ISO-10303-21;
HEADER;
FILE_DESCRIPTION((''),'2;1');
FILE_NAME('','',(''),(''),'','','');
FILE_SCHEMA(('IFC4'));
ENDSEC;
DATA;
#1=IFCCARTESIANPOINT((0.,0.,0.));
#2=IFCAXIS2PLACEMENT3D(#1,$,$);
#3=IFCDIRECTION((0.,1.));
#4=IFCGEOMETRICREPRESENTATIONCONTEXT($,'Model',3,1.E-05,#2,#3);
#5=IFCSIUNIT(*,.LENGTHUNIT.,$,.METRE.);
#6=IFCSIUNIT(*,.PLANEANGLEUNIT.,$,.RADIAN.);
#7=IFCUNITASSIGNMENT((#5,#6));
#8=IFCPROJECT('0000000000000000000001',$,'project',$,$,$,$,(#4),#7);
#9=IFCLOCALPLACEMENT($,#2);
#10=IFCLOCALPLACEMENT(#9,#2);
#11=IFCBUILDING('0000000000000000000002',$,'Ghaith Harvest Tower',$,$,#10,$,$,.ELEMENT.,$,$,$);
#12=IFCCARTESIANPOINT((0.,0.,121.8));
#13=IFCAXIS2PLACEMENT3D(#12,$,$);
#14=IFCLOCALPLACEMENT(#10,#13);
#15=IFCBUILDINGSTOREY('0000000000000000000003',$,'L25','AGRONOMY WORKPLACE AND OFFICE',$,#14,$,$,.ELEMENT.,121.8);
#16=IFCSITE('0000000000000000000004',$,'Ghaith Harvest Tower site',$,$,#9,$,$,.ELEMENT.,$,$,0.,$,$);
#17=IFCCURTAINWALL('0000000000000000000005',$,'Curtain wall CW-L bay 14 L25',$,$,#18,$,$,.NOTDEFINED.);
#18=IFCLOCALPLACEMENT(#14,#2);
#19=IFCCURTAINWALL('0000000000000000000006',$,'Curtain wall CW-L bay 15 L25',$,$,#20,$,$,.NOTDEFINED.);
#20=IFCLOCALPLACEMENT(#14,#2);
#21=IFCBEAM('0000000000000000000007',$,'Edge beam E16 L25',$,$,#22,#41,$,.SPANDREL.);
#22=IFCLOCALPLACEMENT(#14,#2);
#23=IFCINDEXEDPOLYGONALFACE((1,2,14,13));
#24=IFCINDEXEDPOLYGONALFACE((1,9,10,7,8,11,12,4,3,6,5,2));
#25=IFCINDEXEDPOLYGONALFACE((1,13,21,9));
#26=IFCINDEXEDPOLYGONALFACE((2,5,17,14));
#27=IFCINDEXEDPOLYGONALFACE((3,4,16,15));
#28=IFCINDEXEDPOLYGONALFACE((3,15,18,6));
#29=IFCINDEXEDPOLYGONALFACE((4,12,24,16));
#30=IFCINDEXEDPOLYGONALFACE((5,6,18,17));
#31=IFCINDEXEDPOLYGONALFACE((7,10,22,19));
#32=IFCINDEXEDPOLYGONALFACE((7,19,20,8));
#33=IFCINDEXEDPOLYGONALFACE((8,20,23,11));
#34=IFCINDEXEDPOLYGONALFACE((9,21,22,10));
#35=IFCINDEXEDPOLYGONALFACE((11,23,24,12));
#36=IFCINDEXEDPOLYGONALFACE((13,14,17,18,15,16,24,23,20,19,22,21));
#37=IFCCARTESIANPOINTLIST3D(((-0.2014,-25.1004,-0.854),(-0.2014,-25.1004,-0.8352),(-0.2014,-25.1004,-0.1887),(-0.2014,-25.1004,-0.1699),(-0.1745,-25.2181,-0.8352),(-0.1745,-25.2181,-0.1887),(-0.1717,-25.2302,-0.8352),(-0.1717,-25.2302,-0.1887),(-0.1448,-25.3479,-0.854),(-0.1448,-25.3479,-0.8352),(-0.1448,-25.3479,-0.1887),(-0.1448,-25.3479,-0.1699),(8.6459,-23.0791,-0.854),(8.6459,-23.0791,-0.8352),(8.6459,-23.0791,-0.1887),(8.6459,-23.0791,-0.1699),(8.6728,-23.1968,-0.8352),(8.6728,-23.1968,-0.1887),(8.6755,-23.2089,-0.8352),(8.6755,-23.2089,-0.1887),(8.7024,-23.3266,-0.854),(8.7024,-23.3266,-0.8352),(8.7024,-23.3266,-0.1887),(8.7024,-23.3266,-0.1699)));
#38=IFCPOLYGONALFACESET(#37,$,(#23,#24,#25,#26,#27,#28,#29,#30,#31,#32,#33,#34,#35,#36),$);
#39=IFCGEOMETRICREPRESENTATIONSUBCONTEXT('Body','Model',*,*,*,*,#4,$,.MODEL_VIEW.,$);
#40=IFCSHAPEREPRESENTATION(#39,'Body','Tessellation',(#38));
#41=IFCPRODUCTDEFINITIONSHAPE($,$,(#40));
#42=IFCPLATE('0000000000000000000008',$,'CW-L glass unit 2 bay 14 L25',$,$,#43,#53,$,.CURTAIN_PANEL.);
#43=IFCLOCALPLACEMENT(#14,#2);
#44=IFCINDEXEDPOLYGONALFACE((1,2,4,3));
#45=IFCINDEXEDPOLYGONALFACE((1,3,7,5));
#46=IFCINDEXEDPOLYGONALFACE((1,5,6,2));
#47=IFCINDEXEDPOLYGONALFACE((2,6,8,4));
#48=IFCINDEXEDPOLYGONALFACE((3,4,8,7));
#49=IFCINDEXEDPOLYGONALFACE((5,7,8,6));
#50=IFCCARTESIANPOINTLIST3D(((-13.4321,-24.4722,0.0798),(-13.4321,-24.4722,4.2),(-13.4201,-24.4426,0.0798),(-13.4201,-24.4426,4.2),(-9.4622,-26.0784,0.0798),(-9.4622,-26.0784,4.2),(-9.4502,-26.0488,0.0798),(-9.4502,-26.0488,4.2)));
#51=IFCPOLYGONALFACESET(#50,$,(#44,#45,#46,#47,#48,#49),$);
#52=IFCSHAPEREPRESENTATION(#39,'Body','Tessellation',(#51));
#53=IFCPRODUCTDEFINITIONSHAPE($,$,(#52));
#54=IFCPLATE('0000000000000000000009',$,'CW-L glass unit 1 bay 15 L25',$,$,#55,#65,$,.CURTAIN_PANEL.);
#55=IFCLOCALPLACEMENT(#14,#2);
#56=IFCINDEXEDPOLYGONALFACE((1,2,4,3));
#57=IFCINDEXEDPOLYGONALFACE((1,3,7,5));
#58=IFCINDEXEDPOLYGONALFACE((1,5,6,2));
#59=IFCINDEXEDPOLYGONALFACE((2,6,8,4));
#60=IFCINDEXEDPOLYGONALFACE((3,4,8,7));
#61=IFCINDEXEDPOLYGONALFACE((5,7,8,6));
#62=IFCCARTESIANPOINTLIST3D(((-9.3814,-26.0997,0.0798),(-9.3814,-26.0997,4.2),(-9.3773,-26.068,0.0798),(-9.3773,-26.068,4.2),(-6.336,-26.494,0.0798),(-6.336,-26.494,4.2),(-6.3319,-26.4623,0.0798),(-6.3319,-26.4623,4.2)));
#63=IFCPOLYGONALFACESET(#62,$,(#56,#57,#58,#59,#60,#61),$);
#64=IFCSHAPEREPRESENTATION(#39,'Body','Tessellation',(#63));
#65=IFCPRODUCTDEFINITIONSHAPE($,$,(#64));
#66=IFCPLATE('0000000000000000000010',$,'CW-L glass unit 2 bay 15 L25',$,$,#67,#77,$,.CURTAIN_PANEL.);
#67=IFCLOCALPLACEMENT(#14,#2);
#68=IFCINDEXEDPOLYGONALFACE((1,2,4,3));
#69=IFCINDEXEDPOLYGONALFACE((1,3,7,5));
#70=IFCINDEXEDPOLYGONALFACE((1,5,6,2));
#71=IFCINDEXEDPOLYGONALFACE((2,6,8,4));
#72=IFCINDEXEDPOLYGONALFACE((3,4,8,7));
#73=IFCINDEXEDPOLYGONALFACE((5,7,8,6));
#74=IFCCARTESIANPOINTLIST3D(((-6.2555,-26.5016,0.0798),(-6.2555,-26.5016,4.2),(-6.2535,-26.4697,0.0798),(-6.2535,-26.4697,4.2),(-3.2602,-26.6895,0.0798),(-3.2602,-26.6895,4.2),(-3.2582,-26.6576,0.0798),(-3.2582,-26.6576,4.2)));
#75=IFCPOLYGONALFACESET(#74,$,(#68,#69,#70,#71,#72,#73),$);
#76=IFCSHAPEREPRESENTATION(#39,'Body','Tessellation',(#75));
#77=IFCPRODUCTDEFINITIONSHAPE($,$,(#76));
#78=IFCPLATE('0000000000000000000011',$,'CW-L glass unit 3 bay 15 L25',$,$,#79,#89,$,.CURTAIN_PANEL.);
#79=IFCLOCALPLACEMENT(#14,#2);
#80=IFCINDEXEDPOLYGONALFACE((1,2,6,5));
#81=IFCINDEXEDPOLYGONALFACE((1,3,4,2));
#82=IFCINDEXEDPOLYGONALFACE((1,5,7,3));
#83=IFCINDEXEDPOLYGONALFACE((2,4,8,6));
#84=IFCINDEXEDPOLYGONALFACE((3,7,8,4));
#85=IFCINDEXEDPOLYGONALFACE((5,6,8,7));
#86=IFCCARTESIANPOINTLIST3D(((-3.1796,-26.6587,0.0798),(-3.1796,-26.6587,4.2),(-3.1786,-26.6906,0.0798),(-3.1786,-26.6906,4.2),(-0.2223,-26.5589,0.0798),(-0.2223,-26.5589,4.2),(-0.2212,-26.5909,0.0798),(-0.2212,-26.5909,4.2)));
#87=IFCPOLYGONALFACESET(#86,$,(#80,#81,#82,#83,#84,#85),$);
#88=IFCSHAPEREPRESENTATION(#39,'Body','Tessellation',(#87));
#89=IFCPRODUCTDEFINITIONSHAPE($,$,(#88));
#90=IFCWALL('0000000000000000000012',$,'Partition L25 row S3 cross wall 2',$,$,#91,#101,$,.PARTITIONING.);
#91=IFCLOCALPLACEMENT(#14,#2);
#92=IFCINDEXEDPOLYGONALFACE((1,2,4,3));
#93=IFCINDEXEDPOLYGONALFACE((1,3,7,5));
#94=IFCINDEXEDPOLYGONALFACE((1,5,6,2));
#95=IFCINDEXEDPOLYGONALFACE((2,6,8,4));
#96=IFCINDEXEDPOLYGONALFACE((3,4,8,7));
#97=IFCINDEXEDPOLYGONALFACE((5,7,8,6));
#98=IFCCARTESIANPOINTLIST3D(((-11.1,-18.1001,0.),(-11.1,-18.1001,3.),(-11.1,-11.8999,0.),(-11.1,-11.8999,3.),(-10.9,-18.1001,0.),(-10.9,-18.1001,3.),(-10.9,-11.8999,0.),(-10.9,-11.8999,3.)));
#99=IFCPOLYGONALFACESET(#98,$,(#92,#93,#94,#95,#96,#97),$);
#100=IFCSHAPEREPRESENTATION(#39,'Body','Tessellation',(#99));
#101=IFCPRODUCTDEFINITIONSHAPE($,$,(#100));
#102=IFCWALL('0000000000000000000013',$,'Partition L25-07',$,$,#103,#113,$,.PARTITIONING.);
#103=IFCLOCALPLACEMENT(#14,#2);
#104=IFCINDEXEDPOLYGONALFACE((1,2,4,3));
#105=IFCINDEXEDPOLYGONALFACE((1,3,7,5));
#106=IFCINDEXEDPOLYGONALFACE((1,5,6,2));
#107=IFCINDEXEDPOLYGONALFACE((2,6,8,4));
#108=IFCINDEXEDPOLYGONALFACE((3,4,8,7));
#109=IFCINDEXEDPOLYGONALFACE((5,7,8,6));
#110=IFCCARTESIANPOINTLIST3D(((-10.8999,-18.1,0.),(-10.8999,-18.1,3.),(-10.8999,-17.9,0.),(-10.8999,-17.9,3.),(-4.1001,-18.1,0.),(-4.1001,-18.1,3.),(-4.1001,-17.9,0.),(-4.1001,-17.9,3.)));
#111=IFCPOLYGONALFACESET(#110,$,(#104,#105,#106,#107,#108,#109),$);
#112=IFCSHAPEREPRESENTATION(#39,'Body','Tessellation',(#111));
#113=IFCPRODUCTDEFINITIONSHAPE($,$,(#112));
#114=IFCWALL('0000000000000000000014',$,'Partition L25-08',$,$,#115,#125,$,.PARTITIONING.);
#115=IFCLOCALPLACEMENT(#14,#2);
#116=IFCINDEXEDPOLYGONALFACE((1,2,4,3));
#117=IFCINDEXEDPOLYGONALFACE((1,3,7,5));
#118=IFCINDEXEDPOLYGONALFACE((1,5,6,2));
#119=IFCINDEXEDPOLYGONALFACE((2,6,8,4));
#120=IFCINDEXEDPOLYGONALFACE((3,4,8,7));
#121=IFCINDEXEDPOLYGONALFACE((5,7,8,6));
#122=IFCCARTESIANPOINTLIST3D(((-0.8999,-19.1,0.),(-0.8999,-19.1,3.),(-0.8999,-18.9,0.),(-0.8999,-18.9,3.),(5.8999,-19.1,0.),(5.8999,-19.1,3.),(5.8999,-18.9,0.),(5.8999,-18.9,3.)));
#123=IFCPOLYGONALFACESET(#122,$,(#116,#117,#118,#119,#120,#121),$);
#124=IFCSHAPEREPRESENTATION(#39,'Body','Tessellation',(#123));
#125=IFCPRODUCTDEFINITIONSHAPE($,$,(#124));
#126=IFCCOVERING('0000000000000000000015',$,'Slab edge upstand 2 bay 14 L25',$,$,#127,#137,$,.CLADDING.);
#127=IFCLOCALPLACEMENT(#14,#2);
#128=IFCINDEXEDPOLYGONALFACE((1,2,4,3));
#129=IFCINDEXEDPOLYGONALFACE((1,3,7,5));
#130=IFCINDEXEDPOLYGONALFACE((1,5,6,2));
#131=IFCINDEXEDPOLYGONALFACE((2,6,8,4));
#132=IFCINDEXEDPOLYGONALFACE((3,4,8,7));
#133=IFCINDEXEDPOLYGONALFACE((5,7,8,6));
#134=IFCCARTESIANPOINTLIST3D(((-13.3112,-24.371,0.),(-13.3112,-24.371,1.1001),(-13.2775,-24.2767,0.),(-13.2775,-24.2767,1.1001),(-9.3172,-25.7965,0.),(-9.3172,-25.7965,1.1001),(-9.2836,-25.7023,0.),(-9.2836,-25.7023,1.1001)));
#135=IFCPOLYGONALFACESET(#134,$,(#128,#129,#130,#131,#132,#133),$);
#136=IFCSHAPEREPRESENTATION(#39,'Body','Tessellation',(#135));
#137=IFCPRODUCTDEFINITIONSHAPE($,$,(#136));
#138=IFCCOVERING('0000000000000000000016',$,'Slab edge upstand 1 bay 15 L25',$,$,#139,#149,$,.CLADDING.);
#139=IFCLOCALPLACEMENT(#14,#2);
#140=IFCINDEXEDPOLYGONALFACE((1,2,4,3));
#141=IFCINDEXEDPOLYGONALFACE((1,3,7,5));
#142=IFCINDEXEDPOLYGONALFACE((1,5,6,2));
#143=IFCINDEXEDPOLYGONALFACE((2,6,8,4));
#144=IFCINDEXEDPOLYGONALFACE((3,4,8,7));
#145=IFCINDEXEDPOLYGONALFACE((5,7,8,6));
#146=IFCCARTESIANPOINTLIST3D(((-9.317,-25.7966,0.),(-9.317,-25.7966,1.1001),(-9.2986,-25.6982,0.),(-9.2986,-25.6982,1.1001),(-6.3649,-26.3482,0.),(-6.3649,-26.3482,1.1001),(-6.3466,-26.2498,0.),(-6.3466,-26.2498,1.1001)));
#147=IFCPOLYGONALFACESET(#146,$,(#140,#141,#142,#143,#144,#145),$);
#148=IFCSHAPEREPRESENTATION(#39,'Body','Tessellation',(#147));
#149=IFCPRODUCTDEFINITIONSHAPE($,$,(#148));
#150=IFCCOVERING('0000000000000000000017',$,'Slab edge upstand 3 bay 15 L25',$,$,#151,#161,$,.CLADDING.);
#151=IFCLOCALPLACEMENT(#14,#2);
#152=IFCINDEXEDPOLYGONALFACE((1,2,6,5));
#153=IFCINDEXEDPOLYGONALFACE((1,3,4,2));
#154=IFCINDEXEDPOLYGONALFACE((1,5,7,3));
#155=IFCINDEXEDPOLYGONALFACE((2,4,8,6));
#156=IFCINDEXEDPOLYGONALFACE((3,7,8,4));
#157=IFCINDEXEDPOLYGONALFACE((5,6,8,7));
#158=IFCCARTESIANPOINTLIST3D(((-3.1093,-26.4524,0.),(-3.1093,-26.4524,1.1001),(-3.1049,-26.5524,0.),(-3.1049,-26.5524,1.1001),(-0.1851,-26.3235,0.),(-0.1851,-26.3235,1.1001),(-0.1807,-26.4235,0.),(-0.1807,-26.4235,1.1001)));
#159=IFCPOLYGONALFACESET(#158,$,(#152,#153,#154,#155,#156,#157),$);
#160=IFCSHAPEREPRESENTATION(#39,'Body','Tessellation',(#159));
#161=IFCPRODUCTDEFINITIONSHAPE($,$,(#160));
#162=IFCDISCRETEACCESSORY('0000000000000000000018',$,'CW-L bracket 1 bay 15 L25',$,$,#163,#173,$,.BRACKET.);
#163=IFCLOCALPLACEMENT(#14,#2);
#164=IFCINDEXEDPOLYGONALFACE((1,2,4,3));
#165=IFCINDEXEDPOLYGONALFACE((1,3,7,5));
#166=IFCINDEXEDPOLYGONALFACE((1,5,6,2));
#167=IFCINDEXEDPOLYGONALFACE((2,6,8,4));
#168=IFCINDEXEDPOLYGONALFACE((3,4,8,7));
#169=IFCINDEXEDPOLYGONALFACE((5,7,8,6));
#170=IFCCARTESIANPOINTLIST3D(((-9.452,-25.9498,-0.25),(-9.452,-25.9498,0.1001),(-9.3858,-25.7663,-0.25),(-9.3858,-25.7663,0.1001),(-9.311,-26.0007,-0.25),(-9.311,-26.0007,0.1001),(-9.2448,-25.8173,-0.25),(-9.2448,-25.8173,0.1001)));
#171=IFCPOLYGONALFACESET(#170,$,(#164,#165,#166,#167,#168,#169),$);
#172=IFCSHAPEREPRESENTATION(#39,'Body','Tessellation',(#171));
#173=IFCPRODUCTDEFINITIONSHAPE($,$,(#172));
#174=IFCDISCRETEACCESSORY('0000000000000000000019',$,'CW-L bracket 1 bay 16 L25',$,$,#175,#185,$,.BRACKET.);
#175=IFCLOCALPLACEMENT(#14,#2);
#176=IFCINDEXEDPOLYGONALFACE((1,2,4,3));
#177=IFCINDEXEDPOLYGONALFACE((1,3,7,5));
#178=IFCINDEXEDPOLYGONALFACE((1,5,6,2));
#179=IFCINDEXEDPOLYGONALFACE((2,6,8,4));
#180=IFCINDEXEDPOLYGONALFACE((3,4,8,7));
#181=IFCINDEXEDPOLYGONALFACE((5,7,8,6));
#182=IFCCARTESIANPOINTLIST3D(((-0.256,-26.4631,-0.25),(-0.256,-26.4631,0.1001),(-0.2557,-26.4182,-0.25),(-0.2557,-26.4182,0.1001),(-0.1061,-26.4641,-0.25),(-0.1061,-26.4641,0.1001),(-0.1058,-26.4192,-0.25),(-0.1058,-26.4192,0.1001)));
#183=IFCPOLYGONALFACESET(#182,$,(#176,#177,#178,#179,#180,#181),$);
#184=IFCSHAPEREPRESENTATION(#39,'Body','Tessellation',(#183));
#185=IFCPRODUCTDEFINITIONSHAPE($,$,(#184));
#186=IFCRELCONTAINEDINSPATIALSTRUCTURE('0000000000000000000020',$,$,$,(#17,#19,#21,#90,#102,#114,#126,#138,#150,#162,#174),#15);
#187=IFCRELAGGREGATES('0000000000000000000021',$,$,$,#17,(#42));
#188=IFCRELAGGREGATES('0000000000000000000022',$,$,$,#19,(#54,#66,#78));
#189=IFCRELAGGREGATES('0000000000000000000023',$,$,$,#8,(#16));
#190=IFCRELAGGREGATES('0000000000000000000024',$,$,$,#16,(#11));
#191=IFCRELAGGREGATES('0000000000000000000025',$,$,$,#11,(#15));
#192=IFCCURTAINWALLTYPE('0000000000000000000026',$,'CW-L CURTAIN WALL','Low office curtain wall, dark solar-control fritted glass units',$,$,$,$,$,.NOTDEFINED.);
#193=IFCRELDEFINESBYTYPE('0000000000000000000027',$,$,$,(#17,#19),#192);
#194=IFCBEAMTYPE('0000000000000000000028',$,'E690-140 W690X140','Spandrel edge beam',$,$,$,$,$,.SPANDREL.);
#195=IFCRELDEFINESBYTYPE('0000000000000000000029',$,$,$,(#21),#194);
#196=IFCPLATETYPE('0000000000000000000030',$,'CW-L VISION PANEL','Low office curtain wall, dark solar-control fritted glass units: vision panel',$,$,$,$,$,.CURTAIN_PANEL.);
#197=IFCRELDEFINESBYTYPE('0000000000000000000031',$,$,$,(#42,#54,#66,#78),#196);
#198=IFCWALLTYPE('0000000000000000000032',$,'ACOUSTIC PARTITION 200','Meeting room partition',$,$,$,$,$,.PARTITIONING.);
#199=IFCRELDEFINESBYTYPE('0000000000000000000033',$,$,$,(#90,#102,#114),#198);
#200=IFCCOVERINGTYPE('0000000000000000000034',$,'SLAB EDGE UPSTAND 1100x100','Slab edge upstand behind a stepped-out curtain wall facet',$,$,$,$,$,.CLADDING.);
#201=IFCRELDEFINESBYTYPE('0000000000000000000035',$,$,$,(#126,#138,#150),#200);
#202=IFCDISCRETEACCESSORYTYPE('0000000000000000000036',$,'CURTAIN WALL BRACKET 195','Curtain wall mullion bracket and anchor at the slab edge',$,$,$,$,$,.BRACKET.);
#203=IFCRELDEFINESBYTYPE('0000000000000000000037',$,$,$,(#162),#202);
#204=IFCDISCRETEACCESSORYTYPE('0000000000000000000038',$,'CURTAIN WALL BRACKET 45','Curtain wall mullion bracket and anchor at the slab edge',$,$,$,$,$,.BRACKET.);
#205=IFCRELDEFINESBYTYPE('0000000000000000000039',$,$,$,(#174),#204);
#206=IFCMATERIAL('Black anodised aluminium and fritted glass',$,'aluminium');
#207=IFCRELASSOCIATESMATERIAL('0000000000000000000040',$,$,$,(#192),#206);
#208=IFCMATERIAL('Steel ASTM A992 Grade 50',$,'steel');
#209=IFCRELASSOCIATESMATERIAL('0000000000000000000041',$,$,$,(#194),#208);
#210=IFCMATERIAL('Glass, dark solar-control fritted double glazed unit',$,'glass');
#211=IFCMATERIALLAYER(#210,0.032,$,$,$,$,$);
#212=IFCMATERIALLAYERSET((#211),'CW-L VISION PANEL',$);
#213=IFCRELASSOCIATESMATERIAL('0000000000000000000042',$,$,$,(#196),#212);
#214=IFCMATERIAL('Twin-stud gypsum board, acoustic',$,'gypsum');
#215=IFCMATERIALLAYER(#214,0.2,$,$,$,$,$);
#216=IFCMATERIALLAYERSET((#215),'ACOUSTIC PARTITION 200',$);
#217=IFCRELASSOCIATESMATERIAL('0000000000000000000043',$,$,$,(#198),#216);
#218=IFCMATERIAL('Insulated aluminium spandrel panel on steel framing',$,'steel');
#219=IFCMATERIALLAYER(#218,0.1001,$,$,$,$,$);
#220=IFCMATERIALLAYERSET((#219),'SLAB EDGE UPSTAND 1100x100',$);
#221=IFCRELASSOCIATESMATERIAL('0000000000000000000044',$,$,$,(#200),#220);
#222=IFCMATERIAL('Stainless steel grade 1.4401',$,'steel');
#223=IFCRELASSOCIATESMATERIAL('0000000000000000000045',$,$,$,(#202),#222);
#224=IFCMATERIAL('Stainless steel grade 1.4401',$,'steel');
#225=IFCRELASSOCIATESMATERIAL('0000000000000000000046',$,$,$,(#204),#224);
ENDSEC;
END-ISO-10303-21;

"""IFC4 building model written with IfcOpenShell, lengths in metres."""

from ifc_helpers import new_model, si_unit, direction, frame, frame_2d, origin, origin_2d, place, context, subcontext, project, spatial, rectangle, i_section, extrude, material, layer, layer_set, material_profile, profile_set, type_object, element, aggregate, save


model = new_model("IFC4")

# Units and contexts
model_context = context("Model", 3, precision=1e-05, world=origin(), true_north=direction((0.0, 1.0)))
body_context = subcontext(model_context, "Body", "Model", "MODEL_VIEW")
ifc_project = project(units=[si_unit("LENGTHUNIT", "METRE"), si_unit("PLANEANGLEUNIT", "RADIAN")], contexts=[model_context])

# Site, building, storey
site_placement = place(None, origin())
site = spatial("IfcSite", under=ifc_project, at=site_placement, Name="Ghaith Harvest Tower site", CompositionType="ELEMENT", RefElevation=0.0)
building_placement = place(site_placement, origin())
building = spatial("IfcBuilding", under=site, at=building_placement, Name="Ghaith Harvest Tower", CompositionType="ELEMENT")
storey_placement = place(building_placement, frame((0.0, 0.0, 121.8)))
storey = spatial("IfcBuildingStorey", under=building, at=storey_placement, Name="L25", Description="AGRONOMY WORKPLACE AND OFFICE", CompositionType="ELEMENT", Elevation=121.8)

# Curtain wall
ifc_material_1 = material(Name="Black anodised aluminium and fritted glass", Category="aluminium")
curtain_wall_type = type_object("IfcCurtainWallType", Name="CW-L CURTAIN WALL", Description="Low office curtain wall, dark solar-control fritted glass units", PredefinedType="NOTDEFINED", material=ifc_material_1)
curtain_wall_1_placement = place(storey_placement, origin())
curtain_wall_1 = element("IfcCurtainWall", 1, at=curtain_wall_1_placement, inside=storey, type_object=curtain_wall_type, Name="Curtain wall CW-L bay 14 L25", PredefinedType="NOTDEFINED")

# Curtain wall
curtain_wall_2_placement = place(storey_placement, origin())
curtain_wall_2 = element("IfcCurtainWall", 2, at=curtain_wall_2_placement, inside=storey, type_object=curtain_wall_type, Name="Curtain wall CW-L bay 15 L25", PredefinedType="NOTDEFINED")

# Beam
ifc_material_2 = material(Name="Steel ASTM A992 Grade 50", Category="steel")
ifc_material_profile_1 = material_profile(ifc_material_2, i_section(OverallWidth=0.2539, OverallDepth=0.6841, WebThickness=0.0125, FlangeThickness=0.0188, at=origin_2d()), Name="W690X140")
ifc_profile_set_1 = profile_set([ifc_material_profile_1], Name="Steel ASTM A992 Grade 50")
beam_type = type_object("IfcBeamType", Name="E690-140 W690X140", Description="Spandrel edge beam", PredefinedType="SPANDREL", material=ifc_profile_set_1)
beam_1_placement = place(storey_placement, frame((-0.1731, -25.2241, -0.512), z_axis=(0.974882, 0.222723, 0.0), x_axis=(-0.222723, 0.974882, 0.0)))
element("IfcBeam", 3, at=beam_1_placement, inside=storey, type_object=beam_type, Name="Edge beam E16 L25", PredefinedType="SPANDREL", context=body_context, shape_type="SweptSolid", body=[
    extrude(i_section(OverallWidth=0.2539, OverallDepth=0.6841, WebThickness=0.0125, FlangeThickness=0.0188, at=origin_2d()), origin(), (0.0, 0.0, 1.0), 9.0752),
])

# Plates
ifc_material_3 = material(Name="Glass, dark solar-control fritted double glazed unit", Category="glass")
ifc_layer_1 = layer(ifc_material_3, 0.032)
ifc_layer_set_1 = layer_set([ifc_layer_1], Name="CW-L VISION PANEL")
plate_type = type_object("IfcPlateType", Name="CW-L VISION PANEL", Description="Low office curtain wall, dark solar-control fritted glass units: vision panel", PredefinedType="CURTAIN_PANEL", material=ifc_layer_set_1)
plate_1_placement = place(storey_placement, frame((-11.4412, -25.2605, 0.0798), z_axis=(0.0, 0.0, 1.0), x_axis=(0.927003, -0.375055, 0.0)))
plate_1 = element("IfcPlate", 4, at=plate_1_placement, type_object=plate_type, Name="CW-L glass unit 2 bay 14 L25", PredefinedType="CURTAIN_PANEL", context=body_context, shape_type="SweptSolid", body=[
    extrude(rectangle(XDim=4.2825, YDim=0.032, at=origin_2d()), origin(), (0.0, 0.0, 1.0), 4.1201),
])
aggregate(curtain_wall_1, [plate_1])
plate_2_placement = place(storey_placement, frame((-7.8567, -26.281, 0.0798), z_axis=(0.0, 0.0, 1.0), x_axis=(0.991723, -0.128392, 0.0)))
plate_2 = element("IfcPlate", 5, at=plate_2_placement, type_object=plate_type, Name="CW-L glass unit 1 bay 15 L25", PredefinedType="CURTAIN_PANEL", context=body_context, shape_type="SweptSolid", body=[
    extrude(rectangle(XDim=3.0708, YDim=0.032, at=origin_2d()), origin(), (0.0, 0.0, 1.0), 4.1201),
])
plate_3_placement = place(storey_placement, frame((-4.7568, -26.5796, 0.0798), z_axis=(0.0, 0.0, 1.0), x_axis=(0.998038, -0.062607, 0.0)))
plate_3 = element("IfcPlate", 6, at=plate_3_placement, type_object=plate_type, Name="CW-L glass unit 2 bay 15 L25", PredefinedType="CURTAIN_PANEL", context=body_context, shape_type="SweptSolid", body=[
    extrude(rectangle(XDim=3.0012, YDim=0.032, at=origin_2d()), origin(), (0.0, 0.0, 1.0), 4.1201),
])
plate_4_placement = place(storey_placement, frame((-1.7004, -26.6248, 0.0798), z_axis=(0.0, 0.0, 1.0), x_axis=(0.999432, 0.033714, 0.0)))
plate_4 = element("IfcPlate", 7, at=plate_4_placement, type_object=plate_type, Name="CW-L glass unit 3 bay 15 L25", PredefinedType="CURTAIN_PANEL", context=body_context, shape_type="SweptSolid", body=[
    extrude(rectangle(XDim=2.959, YDim=0.032, at=origin_2d()), origin(), (0.0, 0.0, 1.0), 4.1201),
])
aggregate(curtain_wall_2, [plate_2, plate_3, plate_4])

# Wall
ifc_material_4 = material(Name="Twin-stud gypsum board, acoustic", Category="gypsum")
ifc_layer_2 = layer(ifc_material_4, 0.2)
ifc_layer_set_2 = layer_set([ifc_layer_2], Name="ACOUSTIC PARTITION 200")
wall_type_1 = type_object("IfcWallType", Name="ACOUSTIC PARTITION 200", Description="Meeting room partition", PredefinedType="PARTITIONING", material=ifc_layer_set_2)
wall_1_placement = place(storey_placement, frame((-11.0, -11.8999, 0.0), z_axis=(0.0, 0.0, 1.0), x_axis=(0.0, -1.0, 0.0)))
element("IfcWall", 8, at=wall_1_placement, inside=storey, type_object=wall_type_1, Name="Partition L25 row S3 cross wall 2", PredefinedType="PARTITIONING", context=body_context, shape_type="SweptSolid", body=[
    extrude(rectangle(XDim=6.2002, YDim=0.2, at=frame_2d((3.1001, 0.0))), origin(), (0.0, 0.0, 1.0), 3.0),
])

# Wall
wall_2_placement = place(storey_placement, frame((-10.8999, -18.0, 0.0), z_axis=(0.0, 0.0, 1.0), x_axis=(1.0, 0.0, 0.0)))
element("IfcWall", 9, at=wall_2_placement, inside=storey, type_object=wall_type_1, Name="Partition L25-07", PredefinedType="PARTITIONING", context=body_context, shape_type="SweptSolid", body=[
    extrude(rectangle(XDim=6.7998, YDim=0.2, at=frame_2d((3.3999, 0.0))), origin(), (0.0, 0.0, 1.0), 3.0),
])

# Wall
wall_3_placement = place(storey_placement, frame((-0.8999, -19.0, 0.0), z_axis=(0.0, 0.0, 1.0), x_axis=(1.0, 0.0, 0.0)))
element("IfcWall", 10, at=wall_3_placement, inside=storey, type_object=wall_type_1, Name="Partition L25-08", PredefinedType="PARTITIONING", context=body_context, shape_type="SweptSolid", body=[
    extrude(rectangle(XDim=6.7998, YDim=0.2, at=frame_2d((3.3999, 0.0))), origin(), (0.0, 0.0, 1.0), 3.0),
])

# Coverings
ifc_material_5 = material(Name="Insulated aluminium spandrel panel on steel framing", Category="steel")
ifc_layer_3 = layer(ifc_material_5, 0.1001)
ifc_layer_set_3 = layer_set([ifc_layer_3], Name="SLAB EDGE UPSTAND 1100x100")
covering_type = type_object("IfcCoveringType", Name="SLAB EDGE UPSTAND 1100x100", Description="Slab edge upstand behind a stepped-out curtain wall facet", PredefinedType="CLADDING", material=ifc_layer_set_3)
covering_1_placement = place(storey_placement, frame((-11.2974, -25.0366, 0.0), z_axis=(0.0, 0.0, 1.0), x_axis=(0.941807, -0.336154, 0.0)))
element("IfcCovering", 11, at=covering_1_placement, inside=storey, type_object=covering_type, Name="Slab edge upstand 2 bay 14 L25", PredefinedType="CLADDING", context=body_context, shape_type="SweptSolid", body=[
    extrude(rectangle(XDim=4.2407, YDim=0.1001, at=origin_2d()), origin(), (0.0, 0.0, 1.0), 1.1001),
])
covering_2_placement = place(storey_placement, frame((-7.8318, -26.0232, 0.0), z_axis=(0.0, 0.0, 1.0), x_axis=(0.98299, -0.183659, 0.0)))
element("IfcCovering", 12, at=covering_2_placement, inside=storey, type_object=covering_type, Name="Slab edge upstand 1 bay 15 L25", PredefinedType="CLADDING", context=body_context, shape_type="SweptSolid", body=[
    extrude(rectangle(XDim=3.0032, YDim=0.1001, at=origin_2d()), origin(), (0.0, 0.0, 1.0), 1.1001),
])
covering_3_placement = place(storey_placement, frame((-1.645, -26.438, 0.0), z_axis=(0.0, 0.0, 1.0), x_axis=(0.99903, 0.044045, 0.0)))
element("IfcCovering", 13, at=covering_3_placement, inside=storey, type_object=covering_type, Name="Slab edge upstand 3 bay 15 L25", PredefinedType="CLADDING", context=body_context, shape_type="SweptSolid", body=[
    extrude(rectangle(XDim=2.927, YDim=0.1001, at=origin_2d()), origin(), (0.0, 0.0, 1.0), 1.1001),
])

# Discrete accessories
ifc_material_6 = material(Name="Stainless steel grade 1.4401", Category="steel")
discrete_accessory_type_1 = type_object("IfcDiscreteAccessoryType", Name="CURTAIN WALL BRACKET 195", Description="Curtain wall mullion bracket and anchor at the slab edge", PredefinedType="BRACKET", material=ifc_material_6)
discrete_accessory_1_placement = place(storey_placement, frame((-9.3484, -25.8835, -0.25), z_axis=(0.0, 0.0, 1.0), x_axis=(-0.339699, -0.940534, 0.0)))
element("IfcDiscreteAccessory", 14, at=discrete_accessory_1_placement, inside=storey, type_object=discrete_accessory_type_1, Name="CW-L bracket 1 bay 15 L25", PredefinedType="BRACKET", context=body_context, shape_type="SweptSolid", body=[
    extrude(rectangle(XDim=0.1951, YDim=0.1499, at=origin_2d()), origin(), (0.0, 0.0, 1.0), 0.3501),
])
ifc_material_7 = material(Name="Stainless steel grade 1.4401", Category="steel")
discrete_accessory_type_2 = type_object("IfcDiscreteAccessoryType", Name="CURTAIN WALL BRACKET 45", Description="Curtain wall mullion bracket and anchor at the slab edge", PredefinedType="BRACKET", material=ifc_material_7)
discrete_accessory_2_placement = place(storey_placement, frame((-0.1809, -26.4412, -0.25), z_axis=(0.0, 0.0, 1.0), x_axis=(-0.006844, -0.999977, 0.0)))
element("IfcDiscreteAccessory", 15, at=discrete_accessory_2_placement, inside=storey, type_object=discrete_accessory_type_2, Name="CW-L bracket 1 bay 16 L25", PredefinedType="BRACKET", context=body_context, shape_type="SweptSolid", body=[
    extrude(rectangle(XDim=0.0449, YDim=0.1499, at=origin_2d()), origin(), (0.0, 0.0, 1.0), 0.3501),
])

save(model, "model.ifc")
